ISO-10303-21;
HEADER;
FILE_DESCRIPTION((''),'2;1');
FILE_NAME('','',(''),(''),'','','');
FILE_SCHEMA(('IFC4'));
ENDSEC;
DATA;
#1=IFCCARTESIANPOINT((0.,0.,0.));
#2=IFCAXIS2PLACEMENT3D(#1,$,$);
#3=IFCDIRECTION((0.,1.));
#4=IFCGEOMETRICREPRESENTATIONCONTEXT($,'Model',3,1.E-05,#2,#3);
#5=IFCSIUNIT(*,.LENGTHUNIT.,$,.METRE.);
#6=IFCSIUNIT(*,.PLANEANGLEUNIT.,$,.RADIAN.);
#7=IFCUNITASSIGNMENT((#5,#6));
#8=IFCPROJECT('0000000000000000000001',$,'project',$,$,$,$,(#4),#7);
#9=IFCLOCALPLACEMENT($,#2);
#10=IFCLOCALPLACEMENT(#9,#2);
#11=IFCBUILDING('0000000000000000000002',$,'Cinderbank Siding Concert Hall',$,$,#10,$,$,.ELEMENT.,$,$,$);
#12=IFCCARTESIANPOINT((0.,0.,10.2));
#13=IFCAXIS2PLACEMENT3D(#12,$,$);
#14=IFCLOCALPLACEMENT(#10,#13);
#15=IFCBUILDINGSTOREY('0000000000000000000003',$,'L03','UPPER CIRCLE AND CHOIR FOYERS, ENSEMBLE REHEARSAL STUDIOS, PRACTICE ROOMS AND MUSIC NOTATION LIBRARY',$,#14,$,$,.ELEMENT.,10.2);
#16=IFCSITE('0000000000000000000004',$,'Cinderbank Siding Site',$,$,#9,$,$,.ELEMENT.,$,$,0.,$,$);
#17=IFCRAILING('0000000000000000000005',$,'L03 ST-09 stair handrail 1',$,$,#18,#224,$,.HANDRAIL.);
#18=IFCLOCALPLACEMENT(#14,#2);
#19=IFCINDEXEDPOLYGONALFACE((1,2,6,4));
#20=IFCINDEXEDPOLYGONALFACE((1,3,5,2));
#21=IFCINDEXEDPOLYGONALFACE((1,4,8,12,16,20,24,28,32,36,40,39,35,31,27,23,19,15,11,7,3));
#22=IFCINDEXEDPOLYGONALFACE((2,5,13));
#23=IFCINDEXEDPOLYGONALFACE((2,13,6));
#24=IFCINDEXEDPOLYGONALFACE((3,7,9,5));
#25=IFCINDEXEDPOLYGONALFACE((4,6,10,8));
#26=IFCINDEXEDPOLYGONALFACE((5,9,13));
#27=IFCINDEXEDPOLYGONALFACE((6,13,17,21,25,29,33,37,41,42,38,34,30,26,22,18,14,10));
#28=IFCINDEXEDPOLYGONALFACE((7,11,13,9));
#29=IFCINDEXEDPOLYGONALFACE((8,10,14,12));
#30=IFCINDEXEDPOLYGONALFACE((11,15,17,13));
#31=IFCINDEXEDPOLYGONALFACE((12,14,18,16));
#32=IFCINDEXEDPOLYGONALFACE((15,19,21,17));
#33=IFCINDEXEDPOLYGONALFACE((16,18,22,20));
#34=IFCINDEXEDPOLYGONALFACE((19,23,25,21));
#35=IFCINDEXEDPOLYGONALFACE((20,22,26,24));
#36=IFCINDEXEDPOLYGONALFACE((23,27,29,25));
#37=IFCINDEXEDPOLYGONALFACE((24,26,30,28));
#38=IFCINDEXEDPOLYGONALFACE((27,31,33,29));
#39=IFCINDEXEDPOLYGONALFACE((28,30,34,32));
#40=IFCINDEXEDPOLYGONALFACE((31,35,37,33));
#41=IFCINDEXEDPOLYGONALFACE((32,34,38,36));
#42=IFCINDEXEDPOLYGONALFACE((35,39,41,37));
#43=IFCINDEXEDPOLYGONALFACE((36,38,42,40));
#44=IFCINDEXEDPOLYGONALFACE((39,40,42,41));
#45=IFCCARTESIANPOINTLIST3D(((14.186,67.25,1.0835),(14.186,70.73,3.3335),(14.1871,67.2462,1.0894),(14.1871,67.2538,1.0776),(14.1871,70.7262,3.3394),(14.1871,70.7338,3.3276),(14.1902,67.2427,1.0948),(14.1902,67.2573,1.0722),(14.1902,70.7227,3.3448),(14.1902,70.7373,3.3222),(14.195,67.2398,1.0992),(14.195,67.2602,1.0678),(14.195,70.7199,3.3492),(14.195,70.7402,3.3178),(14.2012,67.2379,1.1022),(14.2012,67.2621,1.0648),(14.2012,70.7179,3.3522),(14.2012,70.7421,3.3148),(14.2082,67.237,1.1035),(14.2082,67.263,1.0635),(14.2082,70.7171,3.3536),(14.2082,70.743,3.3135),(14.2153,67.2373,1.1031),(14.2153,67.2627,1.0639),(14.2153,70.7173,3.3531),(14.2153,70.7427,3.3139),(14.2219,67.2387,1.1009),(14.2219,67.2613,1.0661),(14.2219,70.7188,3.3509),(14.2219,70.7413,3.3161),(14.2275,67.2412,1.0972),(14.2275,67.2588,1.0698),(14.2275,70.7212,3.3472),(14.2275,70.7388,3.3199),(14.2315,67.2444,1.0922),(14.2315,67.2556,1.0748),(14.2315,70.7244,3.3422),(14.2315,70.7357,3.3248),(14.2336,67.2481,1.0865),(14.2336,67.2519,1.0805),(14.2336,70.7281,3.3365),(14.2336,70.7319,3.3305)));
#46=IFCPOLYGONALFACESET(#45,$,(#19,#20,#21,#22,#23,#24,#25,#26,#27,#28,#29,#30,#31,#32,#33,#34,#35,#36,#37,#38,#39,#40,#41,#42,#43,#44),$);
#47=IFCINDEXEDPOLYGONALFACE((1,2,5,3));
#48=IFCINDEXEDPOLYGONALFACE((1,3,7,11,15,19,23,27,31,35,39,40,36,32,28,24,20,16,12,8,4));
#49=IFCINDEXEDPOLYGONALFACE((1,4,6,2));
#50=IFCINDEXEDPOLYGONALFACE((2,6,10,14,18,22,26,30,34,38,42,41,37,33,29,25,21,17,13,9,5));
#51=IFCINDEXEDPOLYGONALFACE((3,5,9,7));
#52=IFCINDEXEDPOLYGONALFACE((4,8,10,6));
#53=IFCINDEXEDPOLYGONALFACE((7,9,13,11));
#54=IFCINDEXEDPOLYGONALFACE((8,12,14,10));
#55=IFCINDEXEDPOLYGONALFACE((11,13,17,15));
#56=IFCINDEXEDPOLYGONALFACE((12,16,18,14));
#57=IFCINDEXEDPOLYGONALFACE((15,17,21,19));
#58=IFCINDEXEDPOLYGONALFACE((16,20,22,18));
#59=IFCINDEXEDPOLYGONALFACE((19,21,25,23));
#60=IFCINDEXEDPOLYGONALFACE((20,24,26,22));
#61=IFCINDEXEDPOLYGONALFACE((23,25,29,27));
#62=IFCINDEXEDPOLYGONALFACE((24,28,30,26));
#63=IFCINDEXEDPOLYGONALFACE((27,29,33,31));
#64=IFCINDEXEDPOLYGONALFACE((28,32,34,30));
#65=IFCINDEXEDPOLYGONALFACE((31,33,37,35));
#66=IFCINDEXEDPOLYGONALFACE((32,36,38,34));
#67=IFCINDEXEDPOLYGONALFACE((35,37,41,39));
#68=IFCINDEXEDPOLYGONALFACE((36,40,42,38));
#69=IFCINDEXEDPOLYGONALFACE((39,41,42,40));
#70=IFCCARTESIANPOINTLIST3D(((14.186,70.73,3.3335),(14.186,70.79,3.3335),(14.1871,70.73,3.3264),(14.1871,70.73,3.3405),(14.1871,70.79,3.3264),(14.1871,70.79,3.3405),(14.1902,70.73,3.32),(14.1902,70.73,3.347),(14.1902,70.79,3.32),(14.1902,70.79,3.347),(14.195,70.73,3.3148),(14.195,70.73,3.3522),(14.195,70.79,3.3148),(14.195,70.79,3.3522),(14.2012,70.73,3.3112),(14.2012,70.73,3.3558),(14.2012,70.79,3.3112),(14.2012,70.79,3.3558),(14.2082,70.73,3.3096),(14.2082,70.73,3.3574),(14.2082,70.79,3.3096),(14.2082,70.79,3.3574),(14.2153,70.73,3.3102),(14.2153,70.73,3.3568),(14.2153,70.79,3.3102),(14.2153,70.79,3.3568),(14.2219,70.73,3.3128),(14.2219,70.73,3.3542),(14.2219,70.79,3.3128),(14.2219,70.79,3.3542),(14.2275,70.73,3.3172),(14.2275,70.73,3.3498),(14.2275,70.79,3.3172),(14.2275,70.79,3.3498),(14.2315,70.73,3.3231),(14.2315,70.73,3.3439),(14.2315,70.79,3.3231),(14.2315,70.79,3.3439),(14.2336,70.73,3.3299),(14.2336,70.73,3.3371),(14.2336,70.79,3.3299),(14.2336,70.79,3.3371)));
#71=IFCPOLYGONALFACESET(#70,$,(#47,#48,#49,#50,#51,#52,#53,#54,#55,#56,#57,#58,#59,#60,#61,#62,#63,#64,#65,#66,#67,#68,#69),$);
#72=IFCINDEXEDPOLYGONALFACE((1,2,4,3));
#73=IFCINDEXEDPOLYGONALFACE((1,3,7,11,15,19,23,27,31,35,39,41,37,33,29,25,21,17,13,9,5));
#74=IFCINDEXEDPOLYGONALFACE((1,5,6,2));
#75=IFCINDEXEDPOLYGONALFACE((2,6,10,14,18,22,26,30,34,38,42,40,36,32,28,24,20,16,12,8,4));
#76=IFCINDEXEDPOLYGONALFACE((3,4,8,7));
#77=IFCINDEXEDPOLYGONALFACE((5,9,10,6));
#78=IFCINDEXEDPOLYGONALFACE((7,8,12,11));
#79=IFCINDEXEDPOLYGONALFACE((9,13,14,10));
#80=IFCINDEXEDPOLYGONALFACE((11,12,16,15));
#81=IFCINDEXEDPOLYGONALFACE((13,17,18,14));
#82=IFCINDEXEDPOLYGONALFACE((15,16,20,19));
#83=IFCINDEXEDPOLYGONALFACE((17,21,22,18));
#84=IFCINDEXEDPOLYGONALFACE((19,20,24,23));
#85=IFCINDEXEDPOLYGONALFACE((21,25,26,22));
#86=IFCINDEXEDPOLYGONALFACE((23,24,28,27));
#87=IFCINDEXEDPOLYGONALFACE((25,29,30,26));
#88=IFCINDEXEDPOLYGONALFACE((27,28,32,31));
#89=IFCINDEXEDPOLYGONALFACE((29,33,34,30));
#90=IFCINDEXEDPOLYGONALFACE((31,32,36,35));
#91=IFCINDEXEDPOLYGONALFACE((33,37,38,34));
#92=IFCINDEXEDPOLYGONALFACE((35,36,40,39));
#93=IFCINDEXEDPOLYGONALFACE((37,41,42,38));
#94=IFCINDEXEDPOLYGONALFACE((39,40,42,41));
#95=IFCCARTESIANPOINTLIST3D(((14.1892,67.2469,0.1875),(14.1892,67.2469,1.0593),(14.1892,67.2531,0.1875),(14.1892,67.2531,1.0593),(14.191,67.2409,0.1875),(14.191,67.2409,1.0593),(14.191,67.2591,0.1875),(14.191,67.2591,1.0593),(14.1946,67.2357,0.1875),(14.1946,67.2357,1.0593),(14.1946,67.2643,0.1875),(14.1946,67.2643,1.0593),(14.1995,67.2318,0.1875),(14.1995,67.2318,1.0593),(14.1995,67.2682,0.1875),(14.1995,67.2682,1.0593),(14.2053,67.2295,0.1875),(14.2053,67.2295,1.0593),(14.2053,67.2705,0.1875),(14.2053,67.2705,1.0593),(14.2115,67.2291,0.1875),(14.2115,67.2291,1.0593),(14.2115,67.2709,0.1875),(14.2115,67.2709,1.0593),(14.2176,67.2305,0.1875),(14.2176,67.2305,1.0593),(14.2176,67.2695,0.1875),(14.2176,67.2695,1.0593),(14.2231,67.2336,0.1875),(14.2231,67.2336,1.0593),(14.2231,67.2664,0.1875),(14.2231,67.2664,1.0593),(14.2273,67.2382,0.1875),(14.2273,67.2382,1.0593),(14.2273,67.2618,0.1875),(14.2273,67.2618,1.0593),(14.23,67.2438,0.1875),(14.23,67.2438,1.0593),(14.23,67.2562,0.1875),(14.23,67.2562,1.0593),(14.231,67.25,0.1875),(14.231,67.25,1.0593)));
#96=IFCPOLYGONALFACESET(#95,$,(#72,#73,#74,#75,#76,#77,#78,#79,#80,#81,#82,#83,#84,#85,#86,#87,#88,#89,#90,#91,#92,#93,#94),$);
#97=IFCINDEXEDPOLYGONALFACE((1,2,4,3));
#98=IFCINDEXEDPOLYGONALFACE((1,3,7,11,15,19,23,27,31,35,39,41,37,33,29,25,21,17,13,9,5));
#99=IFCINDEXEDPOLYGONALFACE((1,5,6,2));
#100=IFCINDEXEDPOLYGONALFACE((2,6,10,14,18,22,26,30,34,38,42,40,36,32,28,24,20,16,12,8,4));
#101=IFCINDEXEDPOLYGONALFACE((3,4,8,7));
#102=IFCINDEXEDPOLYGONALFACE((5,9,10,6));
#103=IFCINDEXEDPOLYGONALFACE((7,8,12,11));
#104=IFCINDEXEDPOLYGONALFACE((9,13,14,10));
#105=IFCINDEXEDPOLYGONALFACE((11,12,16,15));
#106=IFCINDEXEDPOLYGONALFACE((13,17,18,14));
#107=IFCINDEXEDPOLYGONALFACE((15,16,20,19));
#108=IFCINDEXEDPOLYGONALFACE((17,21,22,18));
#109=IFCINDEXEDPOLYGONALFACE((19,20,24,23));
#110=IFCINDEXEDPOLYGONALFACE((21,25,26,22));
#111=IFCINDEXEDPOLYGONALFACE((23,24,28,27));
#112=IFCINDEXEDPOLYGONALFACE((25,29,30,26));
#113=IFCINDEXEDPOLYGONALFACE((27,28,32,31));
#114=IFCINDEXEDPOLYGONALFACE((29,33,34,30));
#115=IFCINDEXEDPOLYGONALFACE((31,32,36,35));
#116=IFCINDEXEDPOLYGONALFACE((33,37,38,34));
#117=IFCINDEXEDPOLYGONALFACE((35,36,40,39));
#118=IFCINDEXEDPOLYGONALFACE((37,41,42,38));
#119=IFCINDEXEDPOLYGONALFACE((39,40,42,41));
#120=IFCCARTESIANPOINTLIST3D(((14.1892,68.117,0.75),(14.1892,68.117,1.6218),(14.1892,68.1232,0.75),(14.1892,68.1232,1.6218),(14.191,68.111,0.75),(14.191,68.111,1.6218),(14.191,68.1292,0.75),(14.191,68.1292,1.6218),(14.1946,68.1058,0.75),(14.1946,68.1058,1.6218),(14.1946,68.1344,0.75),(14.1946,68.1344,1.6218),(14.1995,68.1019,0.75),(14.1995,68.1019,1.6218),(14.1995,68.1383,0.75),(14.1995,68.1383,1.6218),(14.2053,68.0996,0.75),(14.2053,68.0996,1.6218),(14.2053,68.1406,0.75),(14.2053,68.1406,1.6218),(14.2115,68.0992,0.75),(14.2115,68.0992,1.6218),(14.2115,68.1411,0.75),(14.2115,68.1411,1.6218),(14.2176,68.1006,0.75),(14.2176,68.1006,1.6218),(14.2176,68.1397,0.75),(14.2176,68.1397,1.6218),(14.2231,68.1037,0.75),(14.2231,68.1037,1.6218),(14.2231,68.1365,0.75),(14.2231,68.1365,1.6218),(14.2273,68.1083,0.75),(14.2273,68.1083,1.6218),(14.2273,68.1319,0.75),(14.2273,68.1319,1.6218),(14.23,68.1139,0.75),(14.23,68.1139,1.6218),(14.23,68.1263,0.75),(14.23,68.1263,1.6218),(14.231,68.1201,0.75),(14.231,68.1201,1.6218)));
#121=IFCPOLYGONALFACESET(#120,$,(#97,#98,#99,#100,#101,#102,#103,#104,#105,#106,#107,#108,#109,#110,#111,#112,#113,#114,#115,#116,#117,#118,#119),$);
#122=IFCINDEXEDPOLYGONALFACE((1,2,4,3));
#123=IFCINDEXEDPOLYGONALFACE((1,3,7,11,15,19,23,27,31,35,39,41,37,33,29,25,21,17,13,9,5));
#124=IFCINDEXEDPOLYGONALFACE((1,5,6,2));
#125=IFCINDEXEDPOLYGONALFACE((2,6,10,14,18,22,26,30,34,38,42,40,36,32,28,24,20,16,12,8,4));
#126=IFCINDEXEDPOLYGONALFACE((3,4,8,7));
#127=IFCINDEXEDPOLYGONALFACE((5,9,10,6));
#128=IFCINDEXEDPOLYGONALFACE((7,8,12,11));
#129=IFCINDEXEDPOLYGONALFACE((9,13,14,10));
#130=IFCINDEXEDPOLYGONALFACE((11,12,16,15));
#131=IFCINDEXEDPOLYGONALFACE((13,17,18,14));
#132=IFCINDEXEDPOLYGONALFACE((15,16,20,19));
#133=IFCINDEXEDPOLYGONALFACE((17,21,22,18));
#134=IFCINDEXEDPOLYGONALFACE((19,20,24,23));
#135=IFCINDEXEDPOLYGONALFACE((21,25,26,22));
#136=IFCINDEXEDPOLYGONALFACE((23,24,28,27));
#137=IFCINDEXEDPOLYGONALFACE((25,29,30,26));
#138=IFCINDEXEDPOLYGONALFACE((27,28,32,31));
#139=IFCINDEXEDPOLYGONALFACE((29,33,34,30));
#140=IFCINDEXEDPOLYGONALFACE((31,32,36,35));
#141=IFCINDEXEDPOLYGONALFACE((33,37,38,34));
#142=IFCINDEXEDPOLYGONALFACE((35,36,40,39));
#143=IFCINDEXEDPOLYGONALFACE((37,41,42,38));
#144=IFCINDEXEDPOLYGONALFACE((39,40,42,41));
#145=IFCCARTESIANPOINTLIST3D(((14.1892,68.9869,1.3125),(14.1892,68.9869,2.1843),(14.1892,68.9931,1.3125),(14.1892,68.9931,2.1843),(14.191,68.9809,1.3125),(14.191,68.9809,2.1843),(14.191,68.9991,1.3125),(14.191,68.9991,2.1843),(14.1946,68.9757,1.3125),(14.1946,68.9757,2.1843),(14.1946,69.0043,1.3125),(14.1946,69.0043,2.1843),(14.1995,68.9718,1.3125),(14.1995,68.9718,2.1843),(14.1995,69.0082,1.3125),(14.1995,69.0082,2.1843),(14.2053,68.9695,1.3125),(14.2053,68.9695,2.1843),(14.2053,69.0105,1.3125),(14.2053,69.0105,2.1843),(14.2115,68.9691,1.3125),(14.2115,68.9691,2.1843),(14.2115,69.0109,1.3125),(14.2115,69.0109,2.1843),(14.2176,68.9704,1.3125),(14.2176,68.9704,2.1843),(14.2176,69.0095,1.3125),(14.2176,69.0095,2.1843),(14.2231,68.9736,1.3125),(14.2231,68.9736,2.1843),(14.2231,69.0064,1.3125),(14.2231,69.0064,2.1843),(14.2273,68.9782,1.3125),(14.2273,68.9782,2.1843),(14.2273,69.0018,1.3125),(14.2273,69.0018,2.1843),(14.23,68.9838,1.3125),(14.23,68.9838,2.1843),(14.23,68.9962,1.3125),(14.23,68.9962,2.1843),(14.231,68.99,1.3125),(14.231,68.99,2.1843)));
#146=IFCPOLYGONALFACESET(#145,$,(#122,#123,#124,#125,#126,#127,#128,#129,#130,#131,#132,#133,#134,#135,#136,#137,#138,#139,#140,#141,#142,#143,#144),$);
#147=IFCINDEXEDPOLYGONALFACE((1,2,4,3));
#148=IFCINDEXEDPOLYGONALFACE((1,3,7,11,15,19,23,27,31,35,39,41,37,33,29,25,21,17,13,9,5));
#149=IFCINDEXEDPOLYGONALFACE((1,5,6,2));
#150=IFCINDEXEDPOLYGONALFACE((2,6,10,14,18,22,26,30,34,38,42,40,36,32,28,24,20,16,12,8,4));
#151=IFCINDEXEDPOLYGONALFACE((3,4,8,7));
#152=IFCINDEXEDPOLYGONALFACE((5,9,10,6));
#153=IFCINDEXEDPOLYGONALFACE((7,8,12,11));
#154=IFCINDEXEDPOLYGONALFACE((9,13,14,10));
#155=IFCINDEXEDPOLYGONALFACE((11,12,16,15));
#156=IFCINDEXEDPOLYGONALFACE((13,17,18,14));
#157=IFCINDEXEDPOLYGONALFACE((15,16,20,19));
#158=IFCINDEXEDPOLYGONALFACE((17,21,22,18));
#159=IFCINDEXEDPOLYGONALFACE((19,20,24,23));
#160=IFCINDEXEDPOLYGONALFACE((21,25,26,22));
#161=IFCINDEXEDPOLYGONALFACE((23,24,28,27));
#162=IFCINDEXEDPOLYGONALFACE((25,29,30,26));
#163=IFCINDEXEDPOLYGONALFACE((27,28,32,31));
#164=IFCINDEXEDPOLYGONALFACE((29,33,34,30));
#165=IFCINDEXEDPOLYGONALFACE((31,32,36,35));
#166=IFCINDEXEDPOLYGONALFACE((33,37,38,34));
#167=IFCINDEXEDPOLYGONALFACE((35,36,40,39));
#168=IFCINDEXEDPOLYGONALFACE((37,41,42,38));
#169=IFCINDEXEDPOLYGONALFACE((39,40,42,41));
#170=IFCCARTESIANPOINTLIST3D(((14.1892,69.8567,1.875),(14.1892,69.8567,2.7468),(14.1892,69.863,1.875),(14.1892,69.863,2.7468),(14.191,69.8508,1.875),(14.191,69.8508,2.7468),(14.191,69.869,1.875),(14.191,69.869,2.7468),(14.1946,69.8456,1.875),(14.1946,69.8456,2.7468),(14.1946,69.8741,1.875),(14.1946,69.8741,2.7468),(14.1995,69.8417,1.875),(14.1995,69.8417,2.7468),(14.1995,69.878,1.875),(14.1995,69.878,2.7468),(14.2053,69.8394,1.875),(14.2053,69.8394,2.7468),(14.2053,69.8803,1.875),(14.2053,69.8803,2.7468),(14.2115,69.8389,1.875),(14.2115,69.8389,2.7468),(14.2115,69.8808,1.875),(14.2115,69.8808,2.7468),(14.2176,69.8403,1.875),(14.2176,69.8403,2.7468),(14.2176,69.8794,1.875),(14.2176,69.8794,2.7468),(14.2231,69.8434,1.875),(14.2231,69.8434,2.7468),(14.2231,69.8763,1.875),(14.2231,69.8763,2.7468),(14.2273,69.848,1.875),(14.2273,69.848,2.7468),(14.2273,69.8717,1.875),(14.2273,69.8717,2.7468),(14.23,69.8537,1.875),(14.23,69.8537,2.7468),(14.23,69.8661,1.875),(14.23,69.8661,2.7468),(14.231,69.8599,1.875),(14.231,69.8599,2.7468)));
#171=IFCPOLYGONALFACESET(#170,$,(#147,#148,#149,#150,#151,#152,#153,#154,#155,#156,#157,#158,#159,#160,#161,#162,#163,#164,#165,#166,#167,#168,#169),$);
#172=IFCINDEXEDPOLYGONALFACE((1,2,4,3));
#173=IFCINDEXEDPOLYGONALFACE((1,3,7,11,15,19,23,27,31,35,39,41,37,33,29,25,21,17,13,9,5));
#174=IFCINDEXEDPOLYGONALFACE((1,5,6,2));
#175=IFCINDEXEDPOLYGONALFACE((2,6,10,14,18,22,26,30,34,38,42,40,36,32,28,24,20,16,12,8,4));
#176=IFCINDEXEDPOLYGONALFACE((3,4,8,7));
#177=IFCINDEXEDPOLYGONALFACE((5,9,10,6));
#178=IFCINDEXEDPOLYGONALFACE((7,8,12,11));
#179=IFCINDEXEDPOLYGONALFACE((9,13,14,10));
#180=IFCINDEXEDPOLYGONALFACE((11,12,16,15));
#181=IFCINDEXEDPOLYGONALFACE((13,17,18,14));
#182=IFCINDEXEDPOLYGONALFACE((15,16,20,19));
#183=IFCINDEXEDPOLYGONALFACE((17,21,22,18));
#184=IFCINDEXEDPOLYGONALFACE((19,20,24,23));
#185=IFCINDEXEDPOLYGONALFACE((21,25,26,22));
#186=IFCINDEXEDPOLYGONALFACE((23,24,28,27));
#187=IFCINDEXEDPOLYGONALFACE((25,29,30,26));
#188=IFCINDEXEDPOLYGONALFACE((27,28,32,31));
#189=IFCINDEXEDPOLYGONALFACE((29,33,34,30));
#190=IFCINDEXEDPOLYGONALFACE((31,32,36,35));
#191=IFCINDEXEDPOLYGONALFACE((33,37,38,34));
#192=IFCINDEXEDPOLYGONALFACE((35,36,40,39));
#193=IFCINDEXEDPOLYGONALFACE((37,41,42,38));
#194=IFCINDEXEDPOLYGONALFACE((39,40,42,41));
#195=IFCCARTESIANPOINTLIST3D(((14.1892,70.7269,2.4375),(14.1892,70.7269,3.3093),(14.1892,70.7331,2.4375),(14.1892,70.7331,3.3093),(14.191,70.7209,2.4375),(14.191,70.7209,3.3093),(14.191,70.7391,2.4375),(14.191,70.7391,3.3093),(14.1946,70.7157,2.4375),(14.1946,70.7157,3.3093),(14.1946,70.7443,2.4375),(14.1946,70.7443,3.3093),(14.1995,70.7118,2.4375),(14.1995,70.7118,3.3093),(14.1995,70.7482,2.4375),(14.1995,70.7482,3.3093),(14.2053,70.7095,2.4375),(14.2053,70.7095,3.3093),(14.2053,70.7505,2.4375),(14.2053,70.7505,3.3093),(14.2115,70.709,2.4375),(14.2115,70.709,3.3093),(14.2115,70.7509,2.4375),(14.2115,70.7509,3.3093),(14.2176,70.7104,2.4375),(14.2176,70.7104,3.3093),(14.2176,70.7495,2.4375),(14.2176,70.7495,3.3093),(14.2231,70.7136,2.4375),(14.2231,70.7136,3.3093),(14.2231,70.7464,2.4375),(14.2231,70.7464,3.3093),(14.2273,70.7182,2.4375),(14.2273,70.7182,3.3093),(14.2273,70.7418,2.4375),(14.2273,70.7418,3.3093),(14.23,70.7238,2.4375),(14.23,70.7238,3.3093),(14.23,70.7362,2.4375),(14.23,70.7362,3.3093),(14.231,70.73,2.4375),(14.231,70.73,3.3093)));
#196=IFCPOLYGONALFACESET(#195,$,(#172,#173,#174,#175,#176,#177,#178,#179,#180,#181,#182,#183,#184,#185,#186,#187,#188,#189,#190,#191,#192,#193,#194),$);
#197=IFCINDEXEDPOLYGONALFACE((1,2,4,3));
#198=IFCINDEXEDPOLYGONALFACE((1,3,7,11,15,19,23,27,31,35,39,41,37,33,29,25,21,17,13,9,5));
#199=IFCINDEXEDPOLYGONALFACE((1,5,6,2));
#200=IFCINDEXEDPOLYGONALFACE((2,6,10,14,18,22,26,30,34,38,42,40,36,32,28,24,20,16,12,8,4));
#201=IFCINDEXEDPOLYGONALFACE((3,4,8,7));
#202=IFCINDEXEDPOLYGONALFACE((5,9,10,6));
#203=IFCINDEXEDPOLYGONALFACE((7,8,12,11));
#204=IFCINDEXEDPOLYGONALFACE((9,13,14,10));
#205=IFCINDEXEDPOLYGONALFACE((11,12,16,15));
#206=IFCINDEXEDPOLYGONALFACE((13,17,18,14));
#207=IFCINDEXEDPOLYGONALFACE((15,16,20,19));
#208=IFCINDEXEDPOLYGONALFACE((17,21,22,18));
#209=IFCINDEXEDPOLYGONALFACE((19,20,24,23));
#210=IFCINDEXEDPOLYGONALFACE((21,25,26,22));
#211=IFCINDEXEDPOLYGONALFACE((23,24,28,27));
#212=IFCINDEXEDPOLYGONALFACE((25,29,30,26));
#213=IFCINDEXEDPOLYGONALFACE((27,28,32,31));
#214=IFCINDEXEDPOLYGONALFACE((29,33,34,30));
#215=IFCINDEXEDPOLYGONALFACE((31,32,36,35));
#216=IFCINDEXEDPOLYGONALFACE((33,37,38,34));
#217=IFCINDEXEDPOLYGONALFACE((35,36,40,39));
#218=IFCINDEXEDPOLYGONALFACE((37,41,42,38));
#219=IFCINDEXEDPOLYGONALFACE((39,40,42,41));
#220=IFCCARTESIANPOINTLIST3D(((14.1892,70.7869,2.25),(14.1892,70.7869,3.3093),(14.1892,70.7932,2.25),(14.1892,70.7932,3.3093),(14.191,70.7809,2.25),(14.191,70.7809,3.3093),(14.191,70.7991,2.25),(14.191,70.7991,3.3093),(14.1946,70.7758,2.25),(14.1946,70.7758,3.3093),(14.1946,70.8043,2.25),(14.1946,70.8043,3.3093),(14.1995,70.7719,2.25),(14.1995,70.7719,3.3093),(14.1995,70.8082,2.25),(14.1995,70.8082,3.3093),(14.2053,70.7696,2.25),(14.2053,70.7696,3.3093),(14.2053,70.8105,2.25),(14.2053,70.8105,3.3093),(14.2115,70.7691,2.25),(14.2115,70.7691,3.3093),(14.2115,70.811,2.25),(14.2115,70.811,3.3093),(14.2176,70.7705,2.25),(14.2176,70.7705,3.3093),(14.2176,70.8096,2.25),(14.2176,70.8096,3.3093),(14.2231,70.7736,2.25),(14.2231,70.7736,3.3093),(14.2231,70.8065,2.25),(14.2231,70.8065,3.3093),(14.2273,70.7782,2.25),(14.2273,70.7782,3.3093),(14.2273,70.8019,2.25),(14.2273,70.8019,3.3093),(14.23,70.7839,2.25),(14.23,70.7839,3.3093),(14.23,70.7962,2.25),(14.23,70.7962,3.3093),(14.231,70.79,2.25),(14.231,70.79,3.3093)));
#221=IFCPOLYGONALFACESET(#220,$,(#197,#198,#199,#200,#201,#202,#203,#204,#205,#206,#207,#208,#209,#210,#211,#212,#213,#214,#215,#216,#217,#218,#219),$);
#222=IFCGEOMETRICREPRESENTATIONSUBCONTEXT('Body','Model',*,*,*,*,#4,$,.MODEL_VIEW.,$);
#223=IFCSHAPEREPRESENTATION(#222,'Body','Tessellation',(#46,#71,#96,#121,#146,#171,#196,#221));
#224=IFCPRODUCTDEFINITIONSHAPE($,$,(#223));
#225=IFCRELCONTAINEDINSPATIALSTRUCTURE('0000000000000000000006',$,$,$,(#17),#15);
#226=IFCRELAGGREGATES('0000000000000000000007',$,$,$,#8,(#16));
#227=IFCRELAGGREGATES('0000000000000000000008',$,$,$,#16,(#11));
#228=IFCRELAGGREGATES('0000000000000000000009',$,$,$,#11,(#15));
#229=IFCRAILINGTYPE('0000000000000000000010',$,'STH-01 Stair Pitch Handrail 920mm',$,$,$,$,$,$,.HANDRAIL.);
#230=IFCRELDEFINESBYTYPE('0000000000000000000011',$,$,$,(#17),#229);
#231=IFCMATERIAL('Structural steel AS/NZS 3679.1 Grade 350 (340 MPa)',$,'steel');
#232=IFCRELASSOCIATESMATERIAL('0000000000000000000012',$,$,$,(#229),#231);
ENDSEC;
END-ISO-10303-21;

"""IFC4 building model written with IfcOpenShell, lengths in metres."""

from ifc_helpers import new_model, si_unit, direction, frame, origin, origin_2d, place, context, subcontext, project, spatial, circle, extrude, material, type_object, element, save


model = new_model("IFC4")

# Units and contexts
model_context = context("Model", 3, precision=1e-05, world=origin(), true_north=direction((0.0, 1.0)))
body_context = subcontext(model_context, "Body", "Model", "MODEL_VIEW")
ifc_project = project(units=[si_unit("LENGTHUNIT", "METRE"), si_unit("PLANEANGLEUNIT", "RADIAN")], contexts=[model_context])

# Site, building, storey
site_placement = place(None, origin())
site = spatial("IfcSite", under=ifc_project, at=site_placement, Name="Cinderbank Siding Site", CompositionType="ELEMENT", RefElevation=0.0)
building_placement = place(site_placement, origin())
building = spatial("IfcBuilding", under=site, at=building_placement, Name="Cinderbank Siding Concert Hall", CompositionType="ELEMENT")
storey_placement = place(building_placement, frame((0.0, 0.0, 10.2)))
storey = spatial("IfcBuildingStorey", under=building, at=storey_placement, Name="L03", Description="UPPER CIRCLE AND CHOIR FOYERS, ENSEMBLE REHEARSAL STUDIOS, PRACTICE ROOMS AND MUSIC NOTATION LIBRARY", CompositionType="ELEMENT", Elevation=10.2)

# Shared definitions
ifc_material_1 = material(Name="Structural steel AS/NZS 3679.1 Grade 350 (340 MPa)", Category="steel")

# Railing
railing_type_1 = type_object("IfcRailingType", Name="STH-01 Stair Pitch Handrail 920mm", PredefinedType="HANDRAIL", material=ifc_material_1)
railing_1_placement = place(storey_placement, frame((14.21, 67.25, 0.1875)))
element("IfcRailing", 1, at=railing_1_placement, inside=storey, type_object=railing_type_1, Name="L03 ST-09 stair handrail 1", PredefinedType="HANDRAIL", context=body_context, shape_type="SweptSolid", body=[
    extrude(circle(Radius=0.0239, at=origin_2d()), frame((0.0, 0.0, 0.896), z_axis=(0.0, 0.839763, 0.542953), x_axis=(-1.0, 0.0, 0.0)), (0.0, 0.0, 1.0), 4.144),
    extrude(circle(Radius=0.0239, at=origin_2d()), frame((0.0, 3.48, 3.146), z_axis=(0.0, 1.0, 0.0), x_axis=(-1.0, 0.0, 0.0)), (0.0, 0.0, 1.0), 0.0601),
    extrude(circle(Radius=0.021, at=origin_2d()), origin(), (0.0, 0.0, 1.0), 0.8718),
    extrude(circle(Radius=0.021, at=origin_2d()), frame((0.0, 0.8701, 0.5625)), (0.0, 0.0, 1.0), 0.8718),
    extrude(circle(Radius=0.021, at=origin_2d()), frame((0.0, 1.74, 1.125)), (0.0, 0.0, 1.0), 0.8718),
    extrude(circle(Radius=0.021, at=origin_2d()), frame((0.0, 2.6099, 1.6875)), (0.0, 0.0, 1.0), 0.8718),
    extrude(circle(Radius=0.021, at=origin_2d()), frame((0.0, 3.48, 2.25)), (0.0, 0.0, 1.0), 0.8718),
    extrude(circle(Radius=0.021, at=origin_2d()), frame((0.0, 3.54, 2.0625)), (0.0, 0.0, 1.0), 1.0593),
])

save(model, "model.ifc")
